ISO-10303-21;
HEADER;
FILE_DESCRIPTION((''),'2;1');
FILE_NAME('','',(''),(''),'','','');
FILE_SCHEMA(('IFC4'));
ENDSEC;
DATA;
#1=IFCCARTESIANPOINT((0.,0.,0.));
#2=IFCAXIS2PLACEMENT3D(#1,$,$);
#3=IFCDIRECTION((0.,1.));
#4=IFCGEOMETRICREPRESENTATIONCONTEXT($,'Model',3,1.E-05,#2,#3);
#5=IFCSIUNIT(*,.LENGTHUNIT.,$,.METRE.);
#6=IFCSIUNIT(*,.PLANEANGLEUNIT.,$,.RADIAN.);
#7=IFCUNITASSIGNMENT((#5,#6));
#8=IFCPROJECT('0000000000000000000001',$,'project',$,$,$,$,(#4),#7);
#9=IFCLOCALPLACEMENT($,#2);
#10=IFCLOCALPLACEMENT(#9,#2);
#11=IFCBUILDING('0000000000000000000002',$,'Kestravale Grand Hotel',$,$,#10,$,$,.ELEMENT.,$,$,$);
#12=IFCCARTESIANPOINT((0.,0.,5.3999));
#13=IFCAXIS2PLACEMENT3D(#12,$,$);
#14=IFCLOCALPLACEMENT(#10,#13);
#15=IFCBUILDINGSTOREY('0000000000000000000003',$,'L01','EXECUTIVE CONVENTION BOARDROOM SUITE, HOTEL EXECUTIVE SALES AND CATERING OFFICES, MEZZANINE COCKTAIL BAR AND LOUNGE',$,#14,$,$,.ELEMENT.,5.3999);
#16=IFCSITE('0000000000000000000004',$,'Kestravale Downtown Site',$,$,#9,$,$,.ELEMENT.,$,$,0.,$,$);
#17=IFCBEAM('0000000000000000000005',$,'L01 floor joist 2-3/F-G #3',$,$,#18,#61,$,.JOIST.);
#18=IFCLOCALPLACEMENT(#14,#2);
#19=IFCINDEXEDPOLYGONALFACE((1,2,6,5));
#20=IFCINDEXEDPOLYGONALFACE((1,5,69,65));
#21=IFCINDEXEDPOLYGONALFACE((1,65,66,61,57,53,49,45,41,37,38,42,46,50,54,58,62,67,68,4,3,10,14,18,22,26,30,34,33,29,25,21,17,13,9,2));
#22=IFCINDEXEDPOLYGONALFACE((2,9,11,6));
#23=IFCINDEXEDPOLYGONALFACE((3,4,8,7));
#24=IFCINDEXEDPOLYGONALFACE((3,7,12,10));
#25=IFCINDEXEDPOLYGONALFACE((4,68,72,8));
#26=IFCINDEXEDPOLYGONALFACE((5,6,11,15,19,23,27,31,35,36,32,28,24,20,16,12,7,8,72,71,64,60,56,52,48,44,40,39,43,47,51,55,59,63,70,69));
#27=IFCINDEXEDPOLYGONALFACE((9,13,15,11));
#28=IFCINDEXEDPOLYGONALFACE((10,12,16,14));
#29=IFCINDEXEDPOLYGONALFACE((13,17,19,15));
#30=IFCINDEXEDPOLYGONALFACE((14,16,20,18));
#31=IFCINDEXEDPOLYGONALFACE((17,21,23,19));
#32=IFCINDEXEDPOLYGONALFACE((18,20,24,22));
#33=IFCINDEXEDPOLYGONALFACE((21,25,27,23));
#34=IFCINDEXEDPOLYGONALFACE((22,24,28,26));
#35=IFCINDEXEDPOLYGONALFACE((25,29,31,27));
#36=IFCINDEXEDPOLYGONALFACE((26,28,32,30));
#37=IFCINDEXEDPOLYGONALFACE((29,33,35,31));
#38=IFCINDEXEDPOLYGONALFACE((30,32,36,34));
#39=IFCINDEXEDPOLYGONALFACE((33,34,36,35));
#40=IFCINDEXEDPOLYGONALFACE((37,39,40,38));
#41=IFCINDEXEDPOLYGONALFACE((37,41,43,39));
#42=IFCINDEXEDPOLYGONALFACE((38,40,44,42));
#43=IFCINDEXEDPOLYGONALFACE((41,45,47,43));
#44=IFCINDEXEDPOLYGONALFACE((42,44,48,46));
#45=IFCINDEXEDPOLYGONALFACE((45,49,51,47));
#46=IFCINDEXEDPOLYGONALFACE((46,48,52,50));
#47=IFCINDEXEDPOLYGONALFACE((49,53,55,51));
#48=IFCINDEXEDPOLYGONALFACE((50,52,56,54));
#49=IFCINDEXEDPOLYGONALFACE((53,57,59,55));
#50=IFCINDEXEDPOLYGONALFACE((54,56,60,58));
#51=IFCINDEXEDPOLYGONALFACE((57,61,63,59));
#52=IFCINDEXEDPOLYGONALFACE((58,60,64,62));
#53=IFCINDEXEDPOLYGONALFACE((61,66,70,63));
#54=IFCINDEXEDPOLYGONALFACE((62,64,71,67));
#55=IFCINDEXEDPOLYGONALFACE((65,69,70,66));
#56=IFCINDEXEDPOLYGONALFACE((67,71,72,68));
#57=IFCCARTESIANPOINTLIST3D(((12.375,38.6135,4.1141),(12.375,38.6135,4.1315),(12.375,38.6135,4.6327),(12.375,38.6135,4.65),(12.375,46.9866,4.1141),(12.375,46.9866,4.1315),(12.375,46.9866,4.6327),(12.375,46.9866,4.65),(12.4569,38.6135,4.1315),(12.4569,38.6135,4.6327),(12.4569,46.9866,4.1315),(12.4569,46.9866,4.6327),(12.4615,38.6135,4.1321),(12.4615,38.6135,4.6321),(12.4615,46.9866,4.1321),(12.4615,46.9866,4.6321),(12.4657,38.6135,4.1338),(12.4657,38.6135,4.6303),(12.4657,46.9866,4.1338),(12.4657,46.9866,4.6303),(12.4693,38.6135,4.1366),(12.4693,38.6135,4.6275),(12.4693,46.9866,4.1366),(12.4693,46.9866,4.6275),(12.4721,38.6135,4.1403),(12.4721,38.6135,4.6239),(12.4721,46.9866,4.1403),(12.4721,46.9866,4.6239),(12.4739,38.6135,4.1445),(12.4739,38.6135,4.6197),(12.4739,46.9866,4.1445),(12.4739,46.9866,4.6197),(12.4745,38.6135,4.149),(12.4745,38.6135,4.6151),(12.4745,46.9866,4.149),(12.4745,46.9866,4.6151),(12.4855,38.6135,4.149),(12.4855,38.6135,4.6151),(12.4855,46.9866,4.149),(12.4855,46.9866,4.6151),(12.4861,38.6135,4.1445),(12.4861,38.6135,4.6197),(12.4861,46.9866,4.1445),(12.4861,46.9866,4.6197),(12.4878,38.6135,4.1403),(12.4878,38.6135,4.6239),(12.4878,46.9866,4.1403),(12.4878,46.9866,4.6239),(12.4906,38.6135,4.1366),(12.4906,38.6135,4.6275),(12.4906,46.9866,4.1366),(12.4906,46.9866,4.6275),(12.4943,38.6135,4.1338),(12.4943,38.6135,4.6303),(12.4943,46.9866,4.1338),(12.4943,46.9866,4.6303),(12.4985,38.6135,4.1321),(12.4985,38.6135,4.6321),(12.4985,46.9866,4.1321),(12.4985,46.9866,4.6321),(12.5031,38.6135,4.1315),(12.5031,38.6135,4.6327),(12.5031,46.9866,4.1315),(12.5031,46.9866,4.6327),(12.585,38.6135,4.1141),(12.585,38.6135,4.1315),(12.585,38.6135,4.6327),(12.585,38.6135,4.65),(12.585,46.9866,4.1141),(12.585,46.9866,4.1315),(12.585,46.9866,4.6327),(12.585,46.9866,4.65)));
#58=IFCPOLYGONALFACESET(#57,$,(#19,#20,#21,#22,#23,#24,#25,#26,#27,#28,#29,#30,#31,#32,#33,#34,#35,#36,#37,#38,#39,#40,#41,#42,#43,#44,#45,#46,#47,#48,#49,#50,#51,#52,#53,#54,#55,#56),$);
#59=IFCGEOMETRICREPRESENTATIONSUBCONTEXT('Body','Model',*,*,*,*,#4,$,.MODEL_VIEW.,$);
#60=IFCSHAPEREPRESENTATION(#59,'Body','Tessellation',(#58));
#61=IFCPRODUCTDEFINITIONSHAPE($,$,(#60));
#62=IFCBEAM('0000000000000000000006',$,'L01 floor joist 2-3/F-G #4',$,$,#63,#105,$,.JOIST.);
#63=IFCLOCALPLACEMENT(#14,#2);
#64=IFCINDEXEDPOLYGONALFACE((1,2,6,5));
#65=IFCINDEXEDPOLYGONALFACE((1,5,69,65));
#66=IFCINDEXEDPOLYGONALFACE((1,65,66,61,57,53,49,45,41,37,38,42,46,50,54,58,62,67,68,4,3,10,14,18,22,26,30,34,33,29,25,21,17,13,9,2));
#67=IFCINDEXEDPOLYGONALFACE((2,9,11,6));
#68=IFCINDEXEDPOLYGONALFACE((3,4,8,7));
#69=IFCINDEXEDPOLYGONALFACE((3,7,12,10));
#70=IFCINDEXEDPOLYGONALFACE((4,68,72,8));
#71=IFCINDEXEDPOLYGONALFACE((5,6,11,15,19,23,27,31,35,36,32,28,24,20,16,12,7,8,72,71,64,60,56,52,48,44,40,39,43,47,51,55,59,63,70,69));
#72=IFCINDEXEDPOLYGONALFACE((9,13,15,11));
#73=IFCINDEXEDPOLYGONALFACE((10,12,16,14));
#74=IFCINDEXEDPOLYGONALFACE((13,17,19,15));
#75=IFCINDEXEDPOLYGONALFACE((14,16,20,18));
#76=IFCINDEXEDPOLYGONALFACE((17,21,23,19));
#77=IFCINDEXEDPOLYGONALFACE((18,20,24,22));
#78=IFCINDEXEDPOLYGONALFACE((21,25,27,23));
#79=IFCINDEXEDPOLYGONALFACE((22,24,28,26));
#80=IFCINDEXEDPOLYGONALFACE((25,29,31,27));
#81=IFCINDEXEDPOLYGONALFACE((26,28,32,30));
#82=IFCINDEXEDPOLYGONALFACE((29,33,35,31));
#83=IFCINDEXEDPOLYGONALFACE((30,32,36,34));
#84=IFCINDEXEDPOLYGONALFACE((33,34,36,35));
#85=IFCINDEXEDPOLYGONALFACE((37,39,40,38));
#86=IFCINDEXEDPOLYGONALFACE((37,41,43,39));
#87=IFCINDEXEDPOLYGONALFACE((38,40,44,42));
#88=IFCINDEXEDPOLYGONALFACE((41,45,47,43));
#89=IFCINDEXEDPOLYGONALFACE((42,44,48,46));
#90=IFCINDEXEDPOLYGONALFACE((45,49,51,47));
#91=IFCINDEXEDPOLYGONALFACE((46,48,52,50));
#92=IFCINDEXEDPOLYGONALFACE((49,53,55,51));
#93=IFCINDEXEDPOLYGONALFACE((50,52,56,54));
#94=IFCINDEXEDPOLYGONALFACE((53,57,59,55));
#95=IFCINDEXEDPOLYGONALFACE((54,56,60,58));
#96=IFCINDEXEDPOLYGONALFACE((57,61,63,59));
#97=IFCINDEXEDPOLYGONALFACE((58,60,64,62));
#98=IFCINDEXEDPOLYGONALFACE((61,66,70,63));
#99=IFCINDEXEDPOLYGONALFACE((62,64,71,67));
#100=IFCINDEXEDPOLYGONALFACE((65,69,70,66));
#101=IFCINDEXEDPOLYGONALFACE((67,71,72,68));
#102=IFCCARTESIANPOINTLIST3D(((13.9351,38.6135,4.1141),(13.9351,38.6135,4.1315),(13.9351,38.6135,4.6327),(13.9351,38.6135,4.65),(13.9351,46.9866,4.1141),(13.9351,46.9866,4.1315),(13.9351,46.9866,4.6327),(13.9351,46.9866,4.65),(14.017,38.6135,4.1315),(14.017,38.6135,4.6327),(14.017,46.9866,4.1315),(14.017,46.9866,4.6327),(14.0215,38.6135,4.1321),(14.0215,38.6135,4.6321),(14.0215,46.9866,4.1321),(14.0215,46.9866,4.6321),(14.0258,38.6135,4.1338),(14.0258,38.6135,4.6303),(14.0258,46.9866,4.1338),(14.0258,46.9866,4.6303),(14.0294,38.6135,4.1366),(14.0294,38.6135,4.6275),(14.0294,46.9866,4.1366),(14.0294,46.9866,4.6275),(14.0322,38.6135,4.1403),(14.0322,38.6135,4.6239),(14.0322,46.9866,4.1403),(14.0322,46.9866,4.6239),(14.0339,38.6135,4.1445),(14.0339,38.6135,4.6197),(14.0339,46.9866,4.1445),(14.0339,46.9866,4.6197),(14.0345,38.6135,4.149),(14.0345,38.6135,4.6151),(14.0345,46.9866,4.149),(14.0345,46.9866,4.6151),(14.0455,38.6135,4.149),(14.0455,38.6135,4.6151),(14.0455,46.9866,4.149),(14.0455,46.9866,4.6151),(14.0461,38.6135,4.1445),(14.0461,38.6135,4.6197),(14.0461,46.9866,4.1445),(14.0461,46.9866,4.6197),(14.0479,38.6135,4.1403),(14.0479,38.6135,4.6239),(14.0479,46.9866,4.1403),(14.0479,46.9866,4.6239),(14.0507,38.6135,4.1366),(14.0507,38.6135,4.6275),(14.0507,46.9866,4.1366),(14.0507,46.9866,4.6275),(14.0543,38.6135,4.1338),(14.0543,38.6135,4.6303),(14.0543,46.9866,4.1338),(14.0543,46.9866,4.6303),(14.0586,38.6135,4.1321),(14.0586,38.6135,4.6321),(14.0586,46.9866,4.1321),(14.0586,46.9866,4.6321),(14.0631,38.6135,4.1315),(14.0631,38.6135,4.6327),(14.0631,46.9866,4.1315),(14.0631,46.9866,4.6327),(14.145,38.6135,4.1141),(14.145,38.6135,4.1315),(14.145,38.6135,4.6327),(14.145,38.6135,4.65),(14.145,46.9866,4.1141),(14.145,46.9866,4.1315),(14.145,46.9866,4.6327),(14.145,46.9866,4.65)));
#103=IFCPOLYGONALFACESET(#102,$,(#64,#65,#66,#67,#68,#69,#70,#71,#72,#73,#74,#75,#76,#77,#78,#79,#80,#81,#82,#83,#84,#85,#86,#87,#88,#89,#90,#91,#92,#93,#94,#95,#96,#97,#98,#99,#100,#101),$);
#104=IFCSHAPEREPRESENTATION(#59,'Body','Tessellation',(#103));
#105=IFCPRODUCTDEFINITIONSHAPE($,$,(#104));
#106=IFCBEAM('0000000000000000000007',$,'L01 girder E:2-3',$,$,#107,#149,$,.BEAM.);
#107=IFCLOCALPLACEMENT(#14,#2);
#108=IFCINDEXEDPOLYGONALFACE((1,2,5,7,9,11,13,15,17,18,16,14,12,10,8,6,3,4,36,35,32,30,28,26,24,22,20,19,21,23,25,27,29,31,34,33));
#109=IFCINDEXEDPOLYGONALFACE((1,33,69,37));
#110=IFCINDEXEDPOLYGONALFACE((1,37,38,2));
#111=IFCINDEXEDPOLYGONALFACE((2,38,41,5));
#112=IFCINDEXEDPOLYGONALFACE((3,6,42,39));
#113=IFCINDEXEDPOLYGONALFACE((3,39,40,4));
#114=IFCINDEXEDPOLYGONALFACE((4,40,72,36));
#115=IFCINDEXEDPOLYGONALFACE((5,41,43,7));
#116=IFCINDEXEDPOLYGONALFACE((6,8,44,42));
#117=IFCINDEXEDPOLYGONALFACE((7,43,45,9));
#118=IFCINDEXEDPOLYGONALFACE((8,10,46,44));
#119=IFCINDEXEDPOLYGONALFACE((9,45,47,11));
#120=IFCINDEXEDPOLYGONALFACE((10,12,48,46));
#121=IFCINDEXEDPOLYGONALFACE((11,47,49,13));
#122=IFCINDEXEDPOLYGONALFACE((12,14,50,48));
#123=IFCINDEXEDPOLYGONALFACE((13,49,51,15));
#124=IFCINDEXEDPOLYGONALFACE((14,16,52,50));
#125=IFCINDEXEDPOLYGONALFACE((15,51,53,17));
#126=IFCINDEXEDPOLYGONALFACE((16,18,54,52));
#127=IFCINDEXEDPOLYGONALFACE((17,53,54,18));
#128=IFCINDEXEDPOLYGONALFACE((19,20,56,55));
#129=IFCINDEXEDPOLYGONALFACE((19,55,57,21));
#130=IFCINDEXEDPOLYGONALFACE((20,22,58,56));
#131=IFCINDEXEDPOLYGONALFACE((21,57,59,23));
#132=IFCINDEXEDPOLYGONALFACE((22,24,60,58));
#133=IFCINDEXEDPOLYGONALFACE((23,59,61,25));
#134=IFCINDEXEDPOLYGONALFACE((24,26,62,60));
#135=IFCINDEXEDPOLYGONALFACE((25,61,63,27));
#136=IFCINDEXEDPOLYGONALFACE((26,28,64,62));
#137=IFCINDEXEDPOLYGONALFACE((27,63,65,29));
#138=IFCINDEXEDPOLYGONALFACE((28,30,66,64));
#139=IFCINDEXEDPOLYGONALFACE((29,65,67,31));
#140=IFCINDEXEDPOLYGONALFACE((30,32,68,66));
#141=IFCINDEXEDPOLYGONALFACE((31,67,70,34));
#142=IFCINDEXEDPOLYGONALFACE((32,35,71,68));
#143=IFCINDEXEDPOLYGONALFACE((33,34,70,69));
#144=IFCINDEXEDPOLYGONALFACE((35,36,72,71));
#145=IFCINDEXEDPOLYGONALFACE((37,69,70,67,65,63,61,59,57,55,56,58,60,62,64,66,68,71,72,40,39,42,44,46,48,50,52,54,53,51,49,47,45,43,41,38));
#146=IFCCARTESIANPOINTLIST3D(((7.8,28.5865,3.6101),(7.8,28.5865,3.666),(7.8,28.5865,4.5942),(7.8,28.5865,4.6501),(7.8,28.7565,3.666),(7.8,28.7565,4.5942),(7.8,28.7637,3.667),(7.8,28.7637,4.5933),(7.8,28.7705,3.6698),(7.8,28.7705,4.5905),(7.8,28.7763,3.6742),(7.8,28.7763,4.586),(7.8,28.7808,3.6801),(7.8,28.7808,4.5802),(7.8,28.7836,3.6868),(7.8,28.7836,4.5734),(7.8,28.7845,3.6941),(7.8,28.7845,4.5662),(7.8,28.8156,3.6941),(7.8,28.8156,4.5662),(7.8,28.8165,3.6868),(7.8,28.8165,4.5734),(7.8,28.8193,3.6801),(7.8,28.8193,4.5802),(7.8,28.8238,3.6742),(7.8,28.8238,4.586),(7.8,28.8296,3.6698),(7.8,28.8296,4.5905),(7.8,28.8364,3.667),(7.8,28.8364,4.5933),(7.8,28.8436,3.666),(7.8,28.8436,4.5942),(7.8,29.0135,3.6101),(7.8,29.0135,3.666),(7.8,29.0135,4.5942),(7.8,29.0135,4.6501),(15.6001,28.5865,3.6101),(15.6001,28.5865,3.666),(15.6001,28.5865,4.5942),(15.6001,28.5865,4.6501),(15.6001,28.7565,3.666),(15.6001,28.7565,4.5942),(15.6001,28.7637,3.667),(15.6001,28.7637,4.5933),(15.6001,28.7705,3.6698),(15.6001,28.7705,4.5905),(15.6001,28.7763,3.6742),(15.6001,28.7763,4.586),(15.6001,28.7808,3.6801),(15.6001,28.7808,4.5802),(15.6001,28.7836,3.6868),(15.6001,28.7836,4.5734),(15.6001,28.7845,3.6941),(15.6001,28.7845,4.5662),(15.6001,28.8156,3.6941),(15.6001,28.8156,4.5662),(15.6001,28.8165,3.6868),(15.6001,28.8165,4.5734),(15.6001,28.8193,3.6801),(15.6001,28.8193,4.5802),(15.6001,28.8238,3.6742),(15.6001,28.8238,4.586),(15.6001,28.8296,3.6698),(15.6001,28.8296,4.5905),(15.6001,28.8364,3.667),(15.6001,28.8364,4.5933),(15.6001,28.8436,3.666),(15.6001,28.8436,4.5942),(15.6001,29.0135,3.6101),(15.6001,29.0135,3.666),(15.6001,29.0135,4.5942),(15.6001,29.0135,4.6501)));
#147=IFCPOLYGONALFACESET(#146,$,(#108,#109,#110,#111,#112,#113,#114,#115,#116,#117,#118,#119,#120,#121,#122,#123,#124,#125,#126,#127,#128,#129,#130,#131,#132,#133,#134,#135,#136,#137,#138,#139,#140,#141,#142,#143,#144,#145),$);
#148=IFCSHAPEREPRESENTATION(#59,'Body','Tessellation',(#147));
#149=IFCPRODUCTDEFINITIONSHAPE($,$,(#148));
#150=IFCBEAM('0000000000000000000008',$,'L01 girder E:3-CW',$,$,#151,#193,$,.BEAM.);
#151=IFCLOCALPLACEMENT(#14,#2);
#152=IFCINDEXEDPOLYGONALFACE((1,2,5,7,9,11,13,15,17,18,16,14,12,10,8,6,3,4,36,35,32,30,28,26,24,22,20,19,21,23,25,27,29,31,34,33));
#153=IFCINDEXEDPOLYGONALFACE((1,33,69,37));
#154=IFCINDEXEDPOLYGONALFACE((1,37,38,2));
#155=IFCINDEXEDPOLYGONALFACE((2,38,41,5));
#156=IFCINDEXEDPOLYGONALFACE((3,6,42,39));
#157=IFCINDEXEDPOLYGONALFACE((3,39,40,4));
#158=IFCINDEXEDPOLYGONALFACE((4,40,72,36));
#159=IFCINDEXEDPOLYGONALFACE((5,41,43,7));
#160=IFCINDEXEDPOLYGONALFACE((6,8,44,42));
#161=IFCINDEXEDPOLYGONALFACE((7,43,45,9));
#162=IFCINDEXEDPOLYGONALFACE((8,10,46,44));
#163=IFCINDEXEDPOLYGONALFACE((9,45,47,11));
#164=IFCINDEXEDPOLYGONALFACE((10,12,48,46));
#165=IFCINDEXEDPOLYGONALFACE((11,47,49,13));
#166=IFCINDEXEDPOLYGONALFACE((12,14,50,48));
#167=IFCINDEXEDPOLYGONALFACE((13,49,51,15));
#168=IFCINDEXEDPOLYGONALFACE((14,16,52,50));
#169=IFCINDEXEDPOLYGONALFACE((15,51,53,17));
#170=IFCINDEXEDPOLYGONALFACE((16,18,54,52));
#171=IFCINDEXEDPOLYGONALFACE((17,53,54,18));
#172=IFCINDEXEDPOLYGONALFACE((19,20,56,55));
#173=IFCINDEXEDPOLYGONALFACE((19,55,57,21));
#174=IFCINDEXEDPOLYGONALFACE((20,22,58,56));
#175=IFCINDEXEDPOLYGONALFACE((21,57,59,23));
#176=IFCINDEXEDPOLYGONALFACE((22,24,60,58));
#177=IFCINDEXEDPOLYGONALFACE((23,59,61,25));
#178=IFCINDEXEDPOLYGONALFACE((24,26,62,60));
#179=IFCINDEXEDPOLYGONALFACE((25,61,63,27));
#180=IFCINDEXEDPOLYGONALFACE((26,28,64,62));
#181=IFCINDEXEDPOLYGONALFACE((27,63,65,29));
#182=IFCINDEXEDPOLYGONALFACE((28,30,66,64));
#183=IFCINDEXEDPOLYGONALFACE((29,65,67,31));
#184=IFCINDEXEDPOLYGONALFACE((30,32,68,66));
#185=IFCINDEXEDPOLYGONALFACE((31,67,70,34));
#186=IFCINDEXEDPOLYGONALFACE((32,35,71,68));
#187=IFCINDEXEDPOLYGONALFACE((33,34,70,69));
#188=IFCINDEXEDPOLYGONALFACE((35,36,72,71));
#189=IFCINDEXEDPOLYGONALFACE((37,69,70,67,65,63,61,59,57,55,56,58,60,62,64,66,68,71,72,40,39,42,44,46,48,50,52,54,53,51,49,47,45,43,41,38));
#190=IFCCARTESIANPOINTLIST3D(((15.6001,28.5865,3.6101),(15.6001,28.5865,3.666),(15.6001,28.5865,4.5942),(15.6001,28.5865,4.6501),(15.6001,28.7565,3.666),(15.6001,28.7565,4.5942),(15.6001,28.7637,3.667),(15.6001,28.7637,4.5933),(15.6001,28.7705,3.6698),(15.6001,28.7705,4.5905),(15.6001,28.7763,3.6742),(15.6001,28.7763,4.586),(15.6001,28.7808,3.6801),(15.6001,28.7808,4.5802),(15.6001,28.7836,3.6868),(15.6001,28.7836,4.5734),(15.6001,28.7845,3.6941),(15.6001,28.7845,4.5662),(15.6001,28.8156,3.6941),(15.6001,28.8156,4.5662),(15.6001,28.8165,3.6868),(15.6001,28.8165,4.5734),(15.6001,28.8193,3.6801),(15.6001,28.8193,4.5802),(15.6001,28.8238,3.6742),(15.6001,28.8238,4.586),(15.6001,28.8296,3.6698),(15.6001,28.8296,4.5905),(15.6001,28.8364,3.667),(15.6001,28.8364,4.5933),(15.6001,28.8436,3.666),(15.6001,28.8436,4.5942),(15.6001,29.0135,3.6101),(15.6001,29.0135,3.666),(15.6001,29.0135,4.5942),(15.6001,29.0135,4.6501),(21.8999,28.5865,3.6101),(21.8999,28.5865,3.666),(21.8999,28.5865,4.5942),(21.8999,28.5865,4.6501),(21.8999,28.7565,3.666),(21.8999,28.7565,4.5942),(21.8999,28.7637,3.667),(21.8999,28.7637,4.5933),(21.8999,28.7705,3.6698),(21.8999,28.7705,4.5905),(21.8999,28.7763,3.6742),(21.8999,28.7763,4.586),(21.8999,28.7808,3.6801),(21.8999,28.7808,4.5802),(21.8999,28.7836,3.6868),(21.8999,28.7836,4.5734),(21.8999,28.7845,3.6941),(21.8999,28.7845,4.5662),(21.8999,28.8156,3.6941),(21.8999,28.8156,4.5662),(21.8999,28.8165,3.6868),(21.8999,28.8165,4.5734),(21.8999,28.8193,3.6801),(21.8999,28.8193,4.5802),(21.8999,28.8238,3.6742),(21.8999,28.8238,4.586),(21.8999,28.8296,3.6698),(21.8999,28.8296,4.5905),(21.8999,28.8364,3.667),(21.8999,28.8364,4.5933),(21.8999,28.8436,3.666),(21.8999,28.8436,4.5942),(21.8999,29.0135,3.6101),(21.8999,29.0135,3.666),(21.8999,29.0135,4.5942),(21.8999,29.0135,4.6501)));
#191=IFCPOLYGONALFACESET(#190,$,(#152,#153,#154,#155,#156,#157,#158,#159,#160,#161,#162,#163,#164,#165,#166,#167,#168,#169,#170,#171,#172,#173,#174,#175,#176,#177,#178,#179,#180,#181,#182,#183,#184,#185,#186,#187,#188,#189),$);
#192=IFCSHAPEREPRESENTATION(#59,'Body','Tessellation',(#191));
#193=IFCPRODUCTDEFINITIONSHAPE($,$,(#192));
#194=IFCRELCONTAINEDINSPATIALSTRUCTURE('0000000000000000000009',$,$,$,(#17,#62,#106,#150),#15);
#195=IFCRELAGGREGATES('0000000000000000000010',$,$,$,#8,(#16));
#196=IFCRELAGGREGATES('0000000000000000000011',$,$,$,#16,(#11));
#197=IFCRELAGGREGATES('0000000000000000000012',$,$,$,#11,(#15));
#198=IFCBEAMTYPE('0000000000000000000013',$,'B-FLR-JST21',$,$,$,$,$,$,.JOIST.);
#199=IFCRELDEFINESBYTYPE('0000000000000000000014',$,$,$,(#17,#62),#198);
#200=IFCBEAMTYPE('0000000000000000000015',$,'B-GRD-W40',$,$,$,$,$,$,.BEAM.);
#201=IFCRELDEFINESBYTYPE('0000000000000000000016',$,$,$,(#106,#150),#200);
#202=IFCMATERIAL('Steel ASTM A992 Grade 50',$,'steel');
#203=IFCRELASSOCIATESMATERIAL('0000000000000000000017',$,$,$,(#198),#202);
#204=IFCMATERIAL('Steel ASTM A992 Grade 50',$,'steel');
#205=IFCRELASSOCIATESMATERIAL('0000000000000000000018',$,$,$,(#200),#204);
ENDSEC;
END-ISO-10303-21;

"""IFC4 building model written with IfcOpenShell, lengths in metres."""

from ifc_helpers import new_model, si_unit, direction, frame, origin, origin_2d, place, context, subcontext, project, spatial, i_section, extrude, material, material_profile, profile_set, type_object, element, save


model = new_model("IFC4")

# Units and contexts
model_context = context("Model", 3, precision=1e-05, world=origin(), true_north=direction((0.0, 1.0)))
body_context = subcontext(model_context, "Body", "Model", "MODEL_VIEW")
ifc_project = project(units=[si_unit("LENGTHUNIT", "METRE"), si_unit("PLANEANGLEUNIT", "RADIAN")], contexts=[model_context])

# Site, building, storey
site_placement = place(None, origin())
site = spatial("IfcSite", under=ifc_project, at=site_placement, Name="Kestravale Downtown Site", CompositionType="ELEMENT", RefElevation=0.0)
building_placement = place(site_placement, origin())
building = spatial("IfcBuilding", under=site, at=building_placement, Name="Kestravale Grand Hotel", CompositionType="ELEMENT")
storey_placement = place(building_placement, frame((0.0, 0.0, 5.3999)))
storey = spatial("IfcBuildingStorey", under=building, at=storey_placement, Name="L01", Description="EXECUTIVE CONVENTION BOARDROOM SUITE, HOTEL EXECUTIVE SALES AND CATERING OFFICES, MEZZANINE COCKTAIL BAR AND LOUNGE", CompositionType="ELEMENT", Elevation=5.3999)

# Beams
ifc_material_1 = material(Name="Steel ASTM A992 Grade 50", Category="steel")
ifc_material_profile_1 = material_profile(ifc_material_1, i_section(OverallWidth=0.21, OverallDepth=0.5359, WebThickness=0.011, FlangeThickness=0.0173, FilletRadius=0.0176, at=origin_2d()))
ifc_profile_set_1 = profile_set([ifc_material_profile_1], Name="Steel ASTM A992 Grade 50")
beam_type_1 = type_object("IfcBeamType", Name="B-FLR-JST21", PredefinedType="JOIST", material=ifc_profile_set_1)
for number, where, z_axis, x_axis, name in (
    (1, (12.48, 38.6135, 4.3821), (0.0, 1.0, 0.0), (-1.0, 0.0, 0.0), "L01 floor joist 2-3/F-G #3"),
    (2, (14.04, 38.6135, 4.3821), (0.0, 1.0, 0.0), (-1.0, 0.0, 0.0), "L01 floor joist 2-3/F-G #4"),
):
    element("IfcBeam", number, at=place(storey_placement, frame(where, z_axis=z_axis, x_axis=x_axis)), inside=storey, type_object=beam_type_1, Name=name, PredefinedType="JOIST", context=body_context, shape_type="SweptSolid", body=[
        extrude(i_section(OverallWidth=0.21, OverallDepth=0.5359, WebThickness=0.011, FlangeThickness=0.0173, FilletRadius=0.0176, at=origin_2d()), origin(), (0.0, 0.0, 1.0), 8.373),
    ])
ifc_material_2 = material(Name="Steel ASTM A992 Grade 50", Category="steel")
ifc_material_profile_2 = material_profile(ifc_material_2, i_section(OverallWidth=0.427, OverallDepth=1.04, WebThickness=0.031, FlangeThickness=0.0559, FilletRadius=0.0281, at=origin_2d()))
ifc_profile_set_2 = profile_set([ifc_material_profile_2], Name="Steel ASTM A992 Grade 50")
beam_type_2 = type_object("IfcBeamType", Name="B-GRD-W40", PredefinedType="BEAM", material=ifc_profile_set_2)
beam_1_placement = place(storey_placement, frame((7.8, 28.8, 4.1301), z_axis=(1.0, 0.0, 0.0), x_axis=(0.0, 1.0, 0.0)))
element("IfcBeam", 3, at=beam_1_placement, inside=storey, type_object=beam_type_2, Name="L01 girder E:2-3", PredefinedType="BEAM", context=body_context, shape_type="SweptSolid", body=[
    extrude(i_section(OverallWidth=0.427, OverallDepth=1.04, WebThickness=0.031, FlangeThickness=0.0559, FilletRadius=0.0281, at=origin_2d()), origin(), (0.0, 0.0, 1.0), 7.8),
])
beam_2_placement = place(storey_placement, frame((15.6001, 28.8, 4.1301), z_axis=(1.0, 0.0, 0.0), x_axis=(0.0, 1.0, 0.0)))
element("IfcBeam", 4, at=beam_2_placement, inside=storey, type_object=beam_type_2, Name="L01 girder E:3-CW", PredefinedType="BEAM", context=body_context, shape_type="SweptSolid", body=[
    extrude(i_section(OverallWidth=0.427, OverallDepth=1.04, WebThickness=0.031, FlangeThickness=0.0559, FilletRadius=0.0281, at=origin_2d()), origin(), (0.0, 0.0, 1.0), 6.2998),
])

save(model, "model.ifc")
